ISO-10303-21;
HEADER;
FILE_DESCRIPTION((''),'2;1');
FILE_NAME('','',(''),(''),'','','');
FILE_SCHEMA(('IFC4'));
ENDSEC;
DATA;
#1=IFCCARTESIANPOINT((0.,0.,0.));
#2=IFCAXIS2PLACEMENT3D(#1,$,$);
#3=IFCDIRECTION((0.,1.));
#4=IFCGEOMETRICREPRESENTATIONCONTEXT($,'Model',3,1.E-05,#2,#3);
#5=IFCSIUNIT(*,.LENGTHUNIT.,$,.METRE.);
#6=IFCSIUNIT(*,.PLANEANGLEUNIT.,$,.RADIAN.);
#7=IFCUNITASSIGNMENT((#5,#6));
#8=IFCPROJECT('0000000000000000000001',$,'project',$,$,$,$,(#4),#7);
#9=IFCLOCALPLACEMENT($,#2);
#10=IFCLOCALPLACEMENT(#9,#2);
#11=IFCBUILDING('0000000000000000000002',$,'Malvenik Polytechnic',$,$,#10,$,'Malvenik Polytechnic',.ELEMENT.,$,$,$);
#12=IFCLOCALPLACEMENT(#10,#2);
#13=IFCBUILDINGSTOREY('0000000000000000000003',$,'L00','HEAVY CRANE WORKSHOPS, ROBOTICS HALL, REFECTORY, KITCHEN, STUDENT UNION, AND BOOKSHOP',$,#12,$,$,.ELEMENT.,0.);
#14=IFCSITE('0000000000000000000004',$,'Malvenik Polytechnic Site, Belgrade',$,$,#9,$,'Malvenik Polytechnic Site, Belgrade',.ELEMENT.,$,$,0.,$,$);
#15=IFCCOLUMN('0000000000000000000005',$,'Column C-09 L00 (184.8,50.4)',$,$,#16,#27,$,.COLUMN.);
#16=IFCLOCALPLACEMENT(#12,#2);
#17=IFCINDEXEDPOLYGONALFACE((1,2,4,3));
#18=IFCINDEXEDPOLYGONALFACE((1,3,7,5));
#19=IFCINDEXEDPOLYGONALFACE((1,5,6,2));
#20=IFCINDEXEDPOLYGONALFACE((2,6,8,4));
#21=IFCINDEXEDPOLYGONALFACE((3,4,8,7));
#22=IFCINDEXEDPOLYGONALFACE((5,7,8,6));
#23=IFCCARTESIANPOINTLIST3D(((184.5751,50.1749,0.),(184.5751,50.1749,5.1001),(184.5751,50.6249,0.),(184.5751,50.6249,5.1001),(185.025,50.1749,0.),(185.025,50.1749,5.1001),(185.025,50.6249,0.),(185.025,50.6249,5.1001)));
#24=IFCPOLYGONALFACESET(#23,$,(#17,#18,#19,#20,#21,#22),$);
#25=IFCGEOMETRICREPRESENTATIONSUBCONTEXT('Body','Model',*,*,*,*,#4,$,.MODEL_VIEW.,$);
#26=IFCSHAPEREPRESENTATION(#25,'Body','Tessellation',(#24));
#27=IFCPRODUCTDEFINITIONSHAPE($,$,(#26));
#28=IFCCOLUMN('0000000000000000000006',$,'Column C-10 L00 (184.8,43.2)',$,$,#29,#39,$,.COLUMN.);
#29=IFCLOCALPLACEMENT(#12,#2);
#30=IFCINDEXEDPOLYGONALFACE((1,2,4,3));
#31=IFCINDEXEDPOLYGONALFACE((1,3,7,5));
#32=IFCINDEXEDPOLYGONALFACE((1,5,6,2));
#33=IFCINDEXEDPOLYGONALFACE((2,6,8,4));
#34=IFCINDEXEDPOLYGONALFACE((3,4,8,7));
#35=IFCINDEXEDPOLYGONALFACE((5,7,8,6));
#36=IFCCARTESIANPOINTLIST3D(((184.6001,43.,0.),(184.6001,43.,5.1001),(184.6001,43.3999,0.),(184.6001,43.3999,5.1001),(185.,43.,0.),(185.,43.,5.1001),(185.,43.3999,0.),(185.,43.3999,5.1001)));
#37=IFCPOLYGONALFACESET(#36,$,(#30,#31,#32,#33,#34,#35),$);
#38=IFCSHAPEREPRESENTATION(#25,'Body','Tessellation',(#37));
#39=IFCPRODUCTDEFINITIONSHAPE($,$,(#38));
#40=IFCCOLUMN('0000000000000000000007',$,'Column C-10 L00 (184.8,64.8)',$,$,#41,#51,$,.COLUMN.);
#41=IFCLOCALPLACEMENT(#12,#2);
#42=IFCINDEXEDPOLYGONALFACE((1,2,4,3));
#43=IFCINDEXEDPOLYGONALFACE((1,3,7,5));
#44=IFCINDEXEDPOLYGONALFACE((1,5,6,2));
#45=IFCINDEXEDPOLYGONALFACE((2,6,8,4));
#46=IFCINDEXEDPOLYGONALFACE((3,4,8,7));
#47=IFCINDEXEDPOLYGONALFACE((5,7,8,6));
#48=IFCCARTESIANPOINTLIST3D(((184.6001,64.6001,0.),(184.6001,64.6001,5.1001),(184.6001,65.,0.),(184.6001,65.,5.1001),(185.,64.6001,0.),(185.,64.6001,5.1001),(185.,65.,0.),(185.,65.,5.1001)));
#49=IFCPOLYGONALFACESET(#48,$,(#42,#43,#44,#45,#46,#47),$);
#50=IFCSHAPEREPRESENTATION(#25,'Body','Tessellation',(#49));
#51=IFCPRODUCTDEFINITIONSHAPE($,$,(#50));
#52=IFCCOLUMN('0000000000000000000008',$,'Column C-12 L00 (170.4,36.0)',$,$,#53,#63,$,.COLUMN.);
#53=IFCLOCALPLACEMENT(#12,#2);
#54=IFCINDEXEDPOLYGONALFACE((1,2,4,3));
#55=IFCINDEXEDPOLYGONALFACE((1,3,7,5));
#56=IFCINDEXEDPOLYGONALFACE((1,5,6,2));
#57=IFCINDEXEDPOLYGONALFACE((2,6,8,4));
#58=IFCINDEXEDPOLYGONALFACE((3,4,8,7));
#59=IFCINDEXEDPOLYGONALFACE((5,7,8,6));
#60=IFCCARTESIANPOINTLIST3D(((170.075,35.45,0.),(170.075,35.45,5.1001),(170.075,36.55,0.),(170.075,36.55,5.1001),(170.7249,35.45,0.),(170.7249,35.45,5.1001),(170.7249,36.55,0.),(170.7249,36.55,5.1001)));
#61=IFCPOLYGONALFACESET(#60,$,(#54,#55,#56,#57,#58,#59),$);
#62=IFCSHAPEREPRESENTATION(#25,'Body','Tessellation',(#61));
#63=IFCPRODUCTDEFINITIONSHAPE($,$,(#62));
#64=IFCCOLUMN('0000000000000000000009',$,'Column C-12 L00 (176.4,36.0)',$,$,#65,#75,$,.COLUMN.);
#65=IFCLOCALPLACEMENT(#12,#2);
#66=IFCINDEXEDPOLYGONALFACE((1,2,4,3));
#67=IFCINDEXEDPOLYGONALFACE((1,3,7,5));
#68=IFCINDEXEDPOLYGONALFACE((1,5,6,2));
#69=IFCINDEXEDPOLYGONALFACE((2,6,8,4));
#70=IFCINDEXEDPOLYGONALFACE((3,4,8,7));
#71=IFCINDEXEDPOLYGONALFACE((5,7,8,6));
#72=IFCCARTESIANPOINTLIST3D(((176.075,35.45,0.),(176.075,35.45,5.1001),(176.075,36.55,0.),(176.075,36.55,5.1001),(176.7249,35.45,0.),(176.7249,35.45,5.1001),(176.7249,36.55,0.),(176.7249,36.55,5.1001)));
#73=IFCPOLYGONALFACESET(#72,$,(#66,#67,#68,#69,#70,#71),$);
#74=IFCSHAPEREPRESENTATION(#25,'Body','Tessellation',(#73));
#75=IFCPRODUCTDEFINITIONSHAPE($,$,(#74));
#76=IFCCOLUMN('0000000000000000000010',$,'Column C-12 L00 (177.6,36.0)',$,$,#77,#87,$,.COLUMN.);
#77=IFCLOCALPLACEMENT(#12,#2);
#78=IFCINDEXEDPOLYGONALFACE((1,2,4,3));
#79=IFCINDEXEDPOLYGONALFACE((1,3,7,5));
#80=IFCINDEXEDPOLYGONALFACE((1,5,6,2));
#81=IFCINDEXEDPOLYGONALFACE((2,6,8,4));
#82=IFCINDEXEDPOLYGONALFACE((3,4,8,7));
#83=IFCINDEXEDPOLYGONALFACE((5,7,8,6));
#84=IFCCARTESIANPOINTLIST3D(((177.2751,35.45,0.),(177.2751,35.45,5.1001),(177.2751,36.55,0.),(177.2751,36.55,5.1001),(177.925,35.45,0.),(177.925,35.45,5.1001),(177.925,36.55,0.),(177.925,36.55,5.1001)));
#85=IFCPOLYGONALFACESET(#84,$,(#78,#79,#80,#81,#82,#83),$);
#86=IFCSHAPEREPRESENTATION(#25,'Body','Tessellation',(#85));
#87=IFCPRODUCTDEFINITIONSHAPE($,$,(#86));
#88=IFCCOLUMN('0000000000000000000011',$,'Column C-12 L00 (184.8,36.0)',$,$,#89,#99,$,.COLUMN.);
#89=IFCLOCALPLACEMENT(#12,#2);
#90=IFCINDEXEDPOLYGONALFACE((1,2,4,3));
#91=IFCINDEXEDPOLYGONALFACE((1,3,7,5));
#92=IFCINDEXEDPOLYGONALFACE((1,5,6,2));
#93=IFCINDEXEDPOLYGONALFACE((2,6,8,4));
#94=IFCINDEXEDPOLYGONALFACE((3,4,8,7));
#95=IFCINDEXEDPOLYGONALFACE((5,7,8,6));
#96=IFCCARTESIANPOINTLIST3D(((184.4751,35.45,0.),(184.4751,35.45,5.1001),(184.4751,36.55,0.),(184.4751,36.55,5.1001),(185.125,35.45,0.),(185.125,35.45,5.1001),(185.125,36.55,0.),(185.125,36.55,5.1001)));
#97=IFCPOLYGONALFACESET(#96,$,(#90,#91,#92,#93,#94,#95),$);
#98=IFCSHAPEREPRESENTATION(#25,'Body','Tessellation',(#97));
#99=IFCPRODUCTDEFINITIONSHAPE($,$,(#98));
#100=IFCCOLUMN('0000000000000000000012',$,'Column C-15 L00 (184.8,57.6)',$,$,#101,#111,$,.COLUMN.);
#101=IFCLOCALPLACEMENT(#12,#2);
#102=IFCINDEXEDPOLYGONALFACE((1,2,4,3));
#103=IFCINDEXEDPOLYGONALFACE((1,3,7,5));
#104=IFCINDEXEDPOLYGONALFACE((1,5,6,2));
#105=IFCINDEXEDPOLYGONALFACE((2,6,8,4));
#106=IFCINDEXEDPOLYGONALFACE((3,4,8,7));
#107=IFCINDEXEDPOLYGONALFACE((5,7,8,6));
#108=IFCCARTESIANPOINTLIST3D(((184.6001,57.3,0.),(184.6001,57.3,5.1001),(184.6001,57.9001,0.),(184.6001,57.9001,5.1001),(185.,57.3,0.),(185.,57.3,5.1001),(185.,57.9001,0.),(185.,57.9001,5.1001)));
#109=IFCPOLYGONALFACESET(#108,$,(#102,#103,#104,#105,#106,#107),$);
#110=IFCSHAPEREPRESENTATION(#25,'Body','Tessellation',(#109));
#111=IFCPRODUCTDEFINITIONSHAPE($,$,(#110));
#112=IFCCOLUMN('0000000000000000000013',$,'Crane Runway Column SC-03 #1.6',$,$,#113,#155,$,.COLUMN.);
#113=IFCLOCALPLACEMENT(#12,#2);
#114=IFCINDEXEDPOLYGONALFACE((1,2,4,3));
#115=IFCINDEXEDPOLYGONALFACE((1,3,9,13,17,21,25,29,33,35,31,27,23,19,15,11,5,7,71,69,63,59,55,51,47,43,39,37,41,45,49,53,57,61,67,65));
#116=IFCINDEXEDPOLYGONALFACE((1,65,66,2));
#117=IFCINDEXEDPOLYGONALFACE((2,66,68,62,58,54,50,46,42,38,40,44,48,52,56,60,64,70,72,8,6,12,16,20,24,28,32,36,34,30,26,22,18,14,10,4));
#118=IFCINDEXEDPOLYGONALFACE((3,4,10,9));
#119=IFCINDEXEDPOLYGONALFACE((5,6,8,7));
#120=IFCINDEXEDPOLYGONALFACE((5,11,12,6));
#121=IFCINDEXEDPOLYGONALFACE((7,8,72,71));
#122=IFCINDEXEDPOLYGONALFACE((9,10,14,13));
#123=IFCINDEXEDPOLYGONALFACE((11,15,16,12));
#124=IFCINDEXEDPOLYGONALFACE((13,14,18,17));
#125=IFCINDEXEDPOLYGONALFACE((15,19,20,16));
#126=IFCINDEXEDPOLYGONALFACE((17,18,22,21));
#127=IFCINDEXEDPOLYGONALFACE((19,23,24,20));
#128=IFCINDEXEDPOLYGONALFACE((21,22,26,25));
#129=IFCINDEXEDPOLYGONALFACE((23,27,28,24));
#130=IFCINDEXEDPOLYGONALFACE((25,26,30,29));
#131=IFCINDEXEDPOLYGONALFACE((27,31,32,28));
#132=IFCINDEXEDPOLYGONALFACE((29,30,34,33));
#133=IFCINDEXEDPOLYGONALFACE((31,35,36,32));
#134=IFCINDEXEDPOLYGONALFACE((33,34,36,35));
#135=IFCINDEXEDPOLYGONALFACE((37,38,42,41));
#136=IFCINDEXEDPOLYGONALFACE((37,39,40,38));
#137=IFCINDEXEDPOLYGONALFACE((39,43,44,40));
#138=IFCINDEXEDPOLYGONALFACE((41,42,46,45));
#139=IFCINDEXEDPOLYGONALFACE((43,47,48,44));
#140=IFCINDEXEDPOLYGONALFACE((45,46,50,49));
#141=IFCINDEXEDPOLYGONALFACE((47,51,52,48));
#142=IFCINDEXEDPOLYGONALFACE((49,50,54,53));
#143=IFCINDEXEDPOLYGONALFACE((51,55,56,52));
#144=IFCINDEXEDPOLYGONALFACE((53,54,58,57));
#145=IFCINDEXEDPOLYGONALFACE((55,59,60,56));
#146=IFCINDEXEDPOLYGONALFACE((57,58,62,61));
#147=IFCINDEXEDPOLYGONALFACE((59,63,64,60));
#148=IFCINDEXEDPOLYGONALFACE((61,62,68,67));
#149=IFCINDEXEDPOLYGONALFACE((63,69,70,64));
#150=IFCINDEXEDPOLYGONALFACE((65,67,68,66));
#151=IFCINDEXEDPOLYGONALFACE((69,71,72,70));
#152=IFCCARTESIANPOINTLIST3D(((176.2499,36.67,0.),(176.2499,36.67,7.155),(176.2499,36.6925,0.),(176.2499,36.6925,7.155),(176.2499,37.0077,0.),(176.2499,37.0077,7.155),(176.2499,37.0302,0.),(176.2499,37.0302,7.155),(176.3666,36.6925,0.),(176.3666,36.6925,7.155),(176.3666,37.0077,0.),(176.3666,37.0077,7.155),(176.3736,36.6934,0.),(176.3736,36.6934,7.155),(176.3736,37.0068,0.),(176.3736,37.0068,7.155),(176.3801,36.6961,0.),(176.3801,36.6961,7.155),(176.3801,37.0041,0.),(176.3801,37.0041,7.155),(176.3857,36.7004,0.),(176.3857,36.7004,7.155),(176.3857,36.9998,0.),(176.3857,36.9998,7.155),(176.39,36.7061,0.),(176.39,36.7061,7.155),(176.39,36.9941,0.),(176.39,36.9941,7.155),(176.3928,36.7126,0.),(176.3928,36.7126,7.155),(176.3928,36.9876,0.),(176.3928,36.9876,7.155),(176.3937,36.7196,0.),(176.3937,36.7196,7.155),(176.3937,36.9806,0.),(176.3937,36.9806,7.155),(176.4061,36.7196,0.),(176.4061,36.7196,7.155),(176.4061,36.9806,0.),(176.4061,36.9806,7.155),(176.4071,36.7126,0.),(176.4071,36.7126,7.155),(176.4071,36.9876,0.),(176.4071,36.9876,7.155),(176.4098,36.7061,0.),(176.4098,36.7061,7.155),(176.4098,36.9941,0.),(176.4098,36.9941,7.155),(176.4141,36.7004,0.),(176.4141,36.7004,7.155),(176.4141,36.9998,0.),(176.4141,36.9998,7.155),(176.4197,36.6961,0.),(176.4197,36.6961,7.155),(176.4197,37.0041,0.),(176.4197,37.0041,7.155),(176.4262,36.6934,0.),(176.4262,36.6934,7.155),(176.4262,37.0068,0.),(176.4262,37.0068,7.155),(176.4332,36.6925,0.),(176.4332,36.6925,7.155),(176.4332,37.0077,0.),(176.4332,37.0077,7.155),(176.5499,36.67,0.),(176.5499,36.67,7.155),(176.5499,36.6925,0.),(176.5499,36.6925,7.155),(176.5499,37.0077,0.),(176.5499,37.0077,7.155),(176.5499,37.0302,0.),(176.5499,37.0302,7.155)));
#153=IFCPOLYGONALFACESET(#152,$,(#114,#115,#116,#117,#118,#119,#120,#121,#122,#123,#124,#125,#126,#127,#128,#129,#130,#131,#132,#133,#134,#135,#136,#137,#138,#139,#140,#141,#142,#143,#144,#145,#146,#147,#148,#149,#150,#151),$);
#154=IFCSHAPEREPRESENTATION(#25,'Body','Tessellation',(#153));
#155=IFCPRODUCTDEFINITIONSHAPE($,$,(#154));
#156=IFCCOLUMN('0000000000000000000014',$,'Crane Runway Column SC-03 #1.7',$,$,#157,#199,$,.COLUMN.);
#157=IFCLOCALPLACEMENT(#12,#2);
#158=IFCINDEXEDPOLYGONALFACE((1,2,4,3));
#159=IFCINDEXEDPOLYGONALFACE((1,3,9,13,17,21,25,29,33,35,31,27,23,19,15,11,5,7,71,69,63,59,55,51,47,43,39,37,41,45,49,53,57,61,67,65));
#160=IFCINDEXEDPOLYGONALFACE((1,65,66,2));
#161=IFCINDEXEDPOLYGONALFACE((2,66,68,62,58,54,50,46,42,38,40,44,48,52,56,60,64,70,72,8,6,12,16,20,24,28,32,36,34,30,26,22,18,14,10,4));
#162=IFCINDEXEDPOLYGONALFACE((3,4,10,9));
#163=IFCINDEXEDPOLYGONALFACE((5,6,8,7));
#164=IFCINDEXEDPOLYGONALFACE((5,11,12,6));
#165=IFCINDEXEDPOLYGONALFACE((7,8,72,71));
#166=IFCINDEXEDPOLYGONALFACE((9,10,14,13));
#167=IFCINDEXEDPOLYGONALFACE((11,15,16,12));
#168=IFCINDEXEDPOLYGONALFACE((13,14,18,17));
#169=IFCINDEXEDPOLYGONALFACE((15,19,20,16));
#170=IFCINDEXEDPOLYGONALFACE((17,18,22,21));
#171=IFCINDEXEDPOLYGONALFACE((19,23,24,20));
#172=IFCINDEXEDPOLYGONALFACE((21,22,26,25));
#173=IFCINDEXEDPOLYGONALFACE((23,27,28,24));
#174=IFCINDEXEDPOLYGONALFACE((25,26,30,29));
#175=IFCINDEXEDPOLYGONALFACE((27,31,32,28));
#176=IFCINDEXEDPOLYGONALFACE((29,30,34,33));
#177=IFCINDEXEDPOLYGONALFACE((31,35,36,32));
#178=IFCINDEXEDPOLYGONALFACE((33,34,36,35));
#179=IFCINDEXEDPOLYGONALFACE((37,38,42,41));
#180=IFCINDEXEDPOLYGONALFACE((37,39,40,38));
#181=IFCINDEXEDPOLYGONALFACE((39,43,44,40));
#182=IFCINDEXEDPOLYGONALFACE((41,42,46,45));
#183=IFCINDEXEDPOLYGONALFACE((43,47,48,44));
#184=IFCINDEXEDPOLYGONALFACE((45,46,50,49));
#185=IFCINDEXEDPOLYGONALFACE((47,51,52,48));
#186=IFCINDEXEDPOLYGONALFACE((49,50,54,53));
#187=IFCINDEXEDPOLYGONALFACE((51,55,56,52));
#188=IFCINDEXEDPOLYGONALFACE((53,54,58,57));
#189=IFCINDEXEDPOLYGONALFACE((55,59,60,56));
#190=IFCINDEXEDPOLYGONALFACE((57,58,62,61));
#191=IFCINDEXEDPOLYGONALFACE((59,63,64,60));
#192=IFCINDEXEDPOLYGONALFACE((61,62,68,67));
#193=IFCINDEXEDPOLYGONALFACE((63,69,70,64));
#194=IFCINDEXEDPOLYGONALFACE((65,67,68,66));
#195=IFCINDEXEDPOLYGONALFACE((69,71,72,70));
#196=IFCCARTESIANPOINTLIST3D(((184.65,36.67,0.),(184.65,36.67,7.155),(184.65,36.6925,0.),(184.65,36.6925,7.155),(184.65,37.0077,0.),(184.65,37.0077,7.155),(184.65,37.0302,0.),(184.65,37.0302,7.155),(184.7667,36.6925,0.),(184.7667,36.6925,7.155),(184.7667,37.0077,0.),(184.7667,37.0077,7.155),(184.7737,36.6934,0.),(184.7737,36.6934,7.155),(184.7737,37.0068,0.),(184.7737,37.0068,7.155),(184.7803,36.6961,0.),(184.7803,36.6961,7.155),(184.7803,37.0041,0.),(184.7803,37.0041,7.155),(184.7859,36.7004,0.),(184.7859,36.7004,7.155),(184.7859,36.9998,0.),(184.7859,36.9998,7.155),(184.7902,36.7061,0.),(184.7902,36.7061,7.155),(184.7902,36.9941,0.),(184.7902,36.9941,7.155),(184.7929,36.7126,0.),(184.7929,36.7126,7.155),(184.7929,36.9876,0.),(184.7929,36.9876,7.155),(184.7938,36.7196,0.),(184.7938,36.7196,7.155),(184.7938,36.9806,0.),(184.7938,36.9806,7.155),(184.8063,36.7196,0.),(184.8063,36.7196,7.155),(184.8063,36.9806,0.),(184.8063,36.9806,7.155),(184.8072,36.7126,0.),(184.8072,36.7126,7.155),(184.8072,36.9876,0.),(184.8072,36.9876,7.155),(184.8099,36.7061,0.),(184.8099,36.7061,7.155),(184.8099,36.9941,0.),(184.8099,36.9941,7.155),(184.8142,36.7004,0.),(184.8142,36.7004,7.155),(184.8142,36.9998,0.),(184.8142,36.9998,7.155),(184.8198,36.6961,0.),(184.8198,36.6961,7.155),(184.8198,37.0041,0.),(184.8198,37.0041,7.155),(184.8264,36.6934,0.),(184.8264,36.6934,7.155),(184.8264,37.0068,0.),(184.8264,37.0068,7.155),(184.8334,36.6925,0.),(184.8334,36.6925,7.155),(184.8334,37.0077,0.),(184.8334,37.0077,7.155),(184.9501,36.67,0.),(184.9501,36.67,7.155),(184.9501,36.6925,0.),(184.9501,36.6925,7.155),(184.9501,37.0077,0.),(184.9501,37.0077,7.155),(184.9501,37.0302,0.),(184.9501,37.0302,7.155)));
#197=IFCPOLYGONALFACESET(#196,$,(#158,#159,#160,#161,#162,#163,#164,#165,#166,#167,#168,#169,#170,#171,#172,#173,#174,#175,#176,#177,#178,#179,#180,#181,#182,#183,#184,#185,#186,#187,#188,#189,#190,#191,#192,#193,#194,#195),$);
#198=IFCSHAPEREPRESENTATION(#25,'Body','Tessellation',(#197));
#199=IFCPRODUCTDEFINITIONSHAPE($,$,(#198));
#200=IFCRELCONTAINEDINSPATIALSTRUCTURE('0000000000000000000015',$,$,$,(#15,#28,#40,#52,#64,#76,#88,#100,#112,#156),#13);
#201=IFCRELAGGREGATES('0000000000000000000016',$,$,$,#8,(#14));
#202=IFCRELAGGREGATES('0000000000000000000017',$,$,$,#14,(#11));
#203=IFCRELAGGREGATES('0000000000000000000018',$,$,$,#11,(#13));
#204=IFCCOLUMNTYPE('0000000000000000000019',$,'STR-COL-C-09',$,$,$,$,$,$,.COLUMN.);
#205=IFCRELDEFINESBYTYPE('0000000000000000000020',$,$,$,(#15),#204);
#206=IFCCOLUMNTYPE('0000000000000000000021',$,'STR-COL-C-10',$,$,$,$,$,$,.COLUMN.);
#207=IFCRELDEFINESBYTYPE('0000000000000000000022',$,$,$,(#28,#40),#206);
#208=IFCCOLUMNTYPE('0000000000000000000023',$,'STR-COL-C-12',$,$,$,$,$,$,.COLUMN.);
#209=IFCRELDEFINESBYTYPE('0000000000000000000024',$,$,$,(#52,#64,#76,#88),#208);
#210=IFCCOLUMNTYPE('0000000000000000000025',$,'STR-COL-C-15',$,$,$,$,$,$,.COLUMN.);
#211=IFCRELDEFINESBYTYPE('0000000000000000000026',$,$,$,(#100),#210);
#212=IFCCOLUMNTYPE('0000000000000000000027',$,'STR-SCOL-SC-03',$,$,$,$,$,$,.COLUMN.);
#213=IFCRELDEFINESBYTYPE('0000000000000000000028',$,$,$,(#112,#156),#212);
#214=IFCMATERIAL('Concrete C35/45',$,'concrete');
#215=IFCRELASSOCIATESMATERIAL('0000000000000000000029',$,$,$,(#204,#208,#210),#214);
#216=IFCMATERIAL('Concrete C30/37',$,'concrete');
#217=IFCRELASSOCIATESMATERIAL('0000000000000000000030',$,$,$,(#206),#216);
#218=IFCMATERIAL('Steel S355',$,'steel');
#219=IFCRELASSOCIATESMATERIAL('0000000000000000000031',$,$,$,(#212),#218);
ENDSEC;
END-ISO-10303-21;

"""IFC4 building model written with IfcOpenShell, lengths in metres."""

from ifc_helpers import new_model, si_unit, direction, frame, origin, origin_2d, place, context, subcontext, project, spatial, rectangle, i_section, extrude, material, material_profile, profile_set, type_object, element, save


model = new_model("IFC4")

# Units and contexts
model_context = context("Model", 3, precision=1e-05, world=origin(), true_north=direction((0.0, 1.0)))
body_context = subcontext(model_context, "Body", "Model", "MODEL_VIEW")
ifc_project = project(units=[si_unit("LENGTHUNIT", "METRE"), si_unit("PLANEANGLEUNIT", "RADIAN")], contexts=[model_context])

# Site, building, storey
site_placement = place(None, origin())
site = spatial("IfcSite", under=ifc_project, at=site_placement, Name="Malvenik Polytechnic Site, Belgrade", LongName="Malvenik Polytechnic Site, Belgrade", CompositionType="ELEMENT", RefElevation=0.0)
building_placement = place(site_placement, origin())
building = spatial("IfcBuilding", under=site, at=building_placement, Name="Malvenik Polytechnic", LongName="Malvenik Polytechnic", CompositionType="ELEMENT")
storey_placement = place(building_placement, origin())
storey = spatial("IfcBuildingStorey", under=building, at=storey_placement, Name="L00", Description="HEAVY CRANE WORKSHOPS, ROBOTICS HALL, REFECTORY, KITCHEN, STUDENT UNION, AND BOOKSHOP", CompositionType="ELEMENT", Elevation=0.0)

# Columns
ifc_material_1 = material(Name="Concrete C35/45", Category="concrete")
ifc_material_profile_1 = material_profile(ifc_material_1, rectangle(XDim=0.45, YDim=0.45, at=origin_2d()), Name="RC COL 450x450")
ifc_profile_set_1 = profile_set([ifc_material_profile_1], Name="Concrete C35/45")
column_type_1 = type_object("IfcColumnType", Name="STR-COL-C-09", PredefinedType="COLUMN", material=ifc_profile_set_1)
column_1_placement = place(storey_placement, frame((184.8, 50.3999, 0.0), z_axis=(0.0, 0.0, 1.0), x_axis=(1.0, 0.0, 0.0)))
element("IfcColumn", 1, at=column_1_placement, inside=storey, type_object=column_type_1, Name="Column C-09 L00 (184.8,50.4)", PredefinedType="COLUMN", context=body_context, shape_type="SweptSolid", body=[
    extrude(rectangle(XDim=0.45, YDim=0.45, at=origin_2d()), origin(), (0.0, 0.0, 1.0), 5.1001),
])
ifc_material_2 = material(Name="Concrete C30/37", Category="concrete")
ifc_material_profile_2 = material_profile(ifc_material_2, rectangle(XDim=0.3999, YDim=0.3999, at=origin_2d()), Name="RC COL 400x400")
ifc_profile_set_2 = profile_set([ifc_material_profile_2], Name="Concrete C30/37")
column_type_2 = type_object("IfcColumnType", Name="STR-COL-C-10", PredefinedType="COLUMN", material=ifc_profile_set_2)
for number, where, z_axis, x_axis, name in (
    (2, (184.8, 43.2, 0.0), (0.0, 0.0, 1.0), (1.0, 0.0, 0.0), "Column C-10 L00 (184.8,43.2)"),
    (3, (184.8, 64.8, 0.0), (0.0, 0.0, 1.0), (1.0, 0.0, 0.0), "Column C-10 L00 (184.8,64.8)"),
):
    element("IfcColumn", number, at=place(storey_placement, frame(where, z_axis=z_axis, x_axis=x_axis)), inside=storey, type_object=column_type_2, Name=name, PredefinedType="COLUMN", context=body_context, shape_type="SweptSolid", body=[
        extrude(rectangle(XDim=0.3999, YDim=0.3999, at=origin_2d()), origin(), (0.0, 0.0, 1.0), 5.1001),
    ])
ifc_material_profile_3 = material_profile(ifc_material_1, rectangle(XDim=0.6499, YDim=1.1001, at=origin_2d()), Name="RC COL 1100x650")
ifc_profile_set_3 = profile_set([ifc_material_profile_3], Name="Concrete C35/45")
column_type_3 = type_object("IfcColumnType", Name="STR-COL-C-12", PredefinedType="COLUMN", material=ifc_profile_set_3)
for number, where, z_axis, x_axis, name in (
    (4, (170.3999, 36.0, 0.0), (0.0, 0.0, 1.0), (1.0, 0.0, 0.0), "Column C-12 L00 (170.4,36.0)"),
    (5, (176.3999, 36.0, 0.0), (0.0, 0.0, 1.0), (1.0, 0.0, 0.0), "Column C-12 L00 (176.4,36.0)"),
    (6, (177.6001, 36.0, 0.0), (0.0, 0.0, 1.0), (1.0, 0.0, 0.0), "Column C-12 L00 (177.6,36.0)"),
    (7, (184.8, 36.0, 0.0), (0.0, 0.0, 1.0), (1.0, 0.0, 0.0), "Column C-12 L00 (184.8,36.0)"),
):
    element("IfcColumn", number, at=place(storey_placement, frame(where, z_axis=z_axis, x_axis=x_axis)), inside=storey, type_object=column_type_3, Name=name, PredefinedType="COLUMN", context=body_context, shape_type="SweptSolid", body=[
        extrude(rectangle(XDim=0.6499, YDim=1.1001, at=origin_2d()), origin(), (0.0, 0.0, 1.0), 5.1001),
    ])
ifc_material_profile_4 = material_profile(ifc_material_1, rectangle(XDim=0.3999, YDim=0.6001, at=origin_2d()), Name="RC COL 600x400")
ifc_profile_set_4 = profile_set([ifc_material_profile_4], Name="Concrete C35/45")
column_type_4 = type_object("IfcColumnType", Name="STR-COL-C-15", PredefinedType="COLUMN", material=ifc_profile_set_4)
column_2_placement = place(storey_placement, frame((184.8, 57.6001, 0.0), z_axis=(0.0, 0.0, 1.0), x_axis=(1.0, 0.0, 0.0)))
element("IfcColumn", 8, at=column_2_placement, inside=storey, type_object=column_type_4, Name="Column C-15 L00 (184.8,57.6)", PredefinedType="COLUMN", context=body_context, shape_type="SweptSolid", body=[
    extrude(rectangle(XDim=0.3999, YDim=0.6001, at=origin_2d()), origin(), (0.0, 0.0, 1.0), 5.1001),
])
ifc_material_3 = material(Name="Steel S355", Category="steel")
ifc_material_profile_5 = material_profile(ifc_material_3, i_section(OverallWidth=0.3, OverallDepth=0.3601, WebThickness=0.0125, FlangeThickness=0.0225, FilletRadius=0.0271, at=origin_2d()), Name="HEB 360")
ifc_profile_set_5 = profile_set([ifc_material_profile_5], Name="Steel S355")
column_type_5 = type_object("IfcColumnType", Name="STR-SCOL-SC-03", PredefinedType="COLUMN", material=ifc_profile_set_5)
for number, where, z_axis, x_axis, name in (
    (9, (176.3999, 36.8501, 0.0), (0.0, 0.0, 1.0), (1.0, 0.0, 0.0), "Crane Runway Column SC-03 #1.6"),
    (10, (184.8, 36.8501, 0.0), (0.0, 0.0, 1.0), (1.0, 0.0, 0.0), "Crane Runway Column SC-03 #1.7"),
):
    element("IfcColumn", number, at=place(storey_placement, frame(where, z_axis=z_axis, x_axis=x_axis)), inside=storey, type_object=column_type_5, Name=name, PredefinedType="COLUMN", context=body_context, shape_type="SweptSolid", body=[
        extrude(i_section(OverallWidth=0.3, OverallDepth=0.3601, WebThickness=0.0125, FlangeThickness=0.0225, FilletRadius=0.0271, at=origin_2d()), origin(), (0.0, 0.0, 1.0), 7.155),
    ])

save(model, "model.ifc")
